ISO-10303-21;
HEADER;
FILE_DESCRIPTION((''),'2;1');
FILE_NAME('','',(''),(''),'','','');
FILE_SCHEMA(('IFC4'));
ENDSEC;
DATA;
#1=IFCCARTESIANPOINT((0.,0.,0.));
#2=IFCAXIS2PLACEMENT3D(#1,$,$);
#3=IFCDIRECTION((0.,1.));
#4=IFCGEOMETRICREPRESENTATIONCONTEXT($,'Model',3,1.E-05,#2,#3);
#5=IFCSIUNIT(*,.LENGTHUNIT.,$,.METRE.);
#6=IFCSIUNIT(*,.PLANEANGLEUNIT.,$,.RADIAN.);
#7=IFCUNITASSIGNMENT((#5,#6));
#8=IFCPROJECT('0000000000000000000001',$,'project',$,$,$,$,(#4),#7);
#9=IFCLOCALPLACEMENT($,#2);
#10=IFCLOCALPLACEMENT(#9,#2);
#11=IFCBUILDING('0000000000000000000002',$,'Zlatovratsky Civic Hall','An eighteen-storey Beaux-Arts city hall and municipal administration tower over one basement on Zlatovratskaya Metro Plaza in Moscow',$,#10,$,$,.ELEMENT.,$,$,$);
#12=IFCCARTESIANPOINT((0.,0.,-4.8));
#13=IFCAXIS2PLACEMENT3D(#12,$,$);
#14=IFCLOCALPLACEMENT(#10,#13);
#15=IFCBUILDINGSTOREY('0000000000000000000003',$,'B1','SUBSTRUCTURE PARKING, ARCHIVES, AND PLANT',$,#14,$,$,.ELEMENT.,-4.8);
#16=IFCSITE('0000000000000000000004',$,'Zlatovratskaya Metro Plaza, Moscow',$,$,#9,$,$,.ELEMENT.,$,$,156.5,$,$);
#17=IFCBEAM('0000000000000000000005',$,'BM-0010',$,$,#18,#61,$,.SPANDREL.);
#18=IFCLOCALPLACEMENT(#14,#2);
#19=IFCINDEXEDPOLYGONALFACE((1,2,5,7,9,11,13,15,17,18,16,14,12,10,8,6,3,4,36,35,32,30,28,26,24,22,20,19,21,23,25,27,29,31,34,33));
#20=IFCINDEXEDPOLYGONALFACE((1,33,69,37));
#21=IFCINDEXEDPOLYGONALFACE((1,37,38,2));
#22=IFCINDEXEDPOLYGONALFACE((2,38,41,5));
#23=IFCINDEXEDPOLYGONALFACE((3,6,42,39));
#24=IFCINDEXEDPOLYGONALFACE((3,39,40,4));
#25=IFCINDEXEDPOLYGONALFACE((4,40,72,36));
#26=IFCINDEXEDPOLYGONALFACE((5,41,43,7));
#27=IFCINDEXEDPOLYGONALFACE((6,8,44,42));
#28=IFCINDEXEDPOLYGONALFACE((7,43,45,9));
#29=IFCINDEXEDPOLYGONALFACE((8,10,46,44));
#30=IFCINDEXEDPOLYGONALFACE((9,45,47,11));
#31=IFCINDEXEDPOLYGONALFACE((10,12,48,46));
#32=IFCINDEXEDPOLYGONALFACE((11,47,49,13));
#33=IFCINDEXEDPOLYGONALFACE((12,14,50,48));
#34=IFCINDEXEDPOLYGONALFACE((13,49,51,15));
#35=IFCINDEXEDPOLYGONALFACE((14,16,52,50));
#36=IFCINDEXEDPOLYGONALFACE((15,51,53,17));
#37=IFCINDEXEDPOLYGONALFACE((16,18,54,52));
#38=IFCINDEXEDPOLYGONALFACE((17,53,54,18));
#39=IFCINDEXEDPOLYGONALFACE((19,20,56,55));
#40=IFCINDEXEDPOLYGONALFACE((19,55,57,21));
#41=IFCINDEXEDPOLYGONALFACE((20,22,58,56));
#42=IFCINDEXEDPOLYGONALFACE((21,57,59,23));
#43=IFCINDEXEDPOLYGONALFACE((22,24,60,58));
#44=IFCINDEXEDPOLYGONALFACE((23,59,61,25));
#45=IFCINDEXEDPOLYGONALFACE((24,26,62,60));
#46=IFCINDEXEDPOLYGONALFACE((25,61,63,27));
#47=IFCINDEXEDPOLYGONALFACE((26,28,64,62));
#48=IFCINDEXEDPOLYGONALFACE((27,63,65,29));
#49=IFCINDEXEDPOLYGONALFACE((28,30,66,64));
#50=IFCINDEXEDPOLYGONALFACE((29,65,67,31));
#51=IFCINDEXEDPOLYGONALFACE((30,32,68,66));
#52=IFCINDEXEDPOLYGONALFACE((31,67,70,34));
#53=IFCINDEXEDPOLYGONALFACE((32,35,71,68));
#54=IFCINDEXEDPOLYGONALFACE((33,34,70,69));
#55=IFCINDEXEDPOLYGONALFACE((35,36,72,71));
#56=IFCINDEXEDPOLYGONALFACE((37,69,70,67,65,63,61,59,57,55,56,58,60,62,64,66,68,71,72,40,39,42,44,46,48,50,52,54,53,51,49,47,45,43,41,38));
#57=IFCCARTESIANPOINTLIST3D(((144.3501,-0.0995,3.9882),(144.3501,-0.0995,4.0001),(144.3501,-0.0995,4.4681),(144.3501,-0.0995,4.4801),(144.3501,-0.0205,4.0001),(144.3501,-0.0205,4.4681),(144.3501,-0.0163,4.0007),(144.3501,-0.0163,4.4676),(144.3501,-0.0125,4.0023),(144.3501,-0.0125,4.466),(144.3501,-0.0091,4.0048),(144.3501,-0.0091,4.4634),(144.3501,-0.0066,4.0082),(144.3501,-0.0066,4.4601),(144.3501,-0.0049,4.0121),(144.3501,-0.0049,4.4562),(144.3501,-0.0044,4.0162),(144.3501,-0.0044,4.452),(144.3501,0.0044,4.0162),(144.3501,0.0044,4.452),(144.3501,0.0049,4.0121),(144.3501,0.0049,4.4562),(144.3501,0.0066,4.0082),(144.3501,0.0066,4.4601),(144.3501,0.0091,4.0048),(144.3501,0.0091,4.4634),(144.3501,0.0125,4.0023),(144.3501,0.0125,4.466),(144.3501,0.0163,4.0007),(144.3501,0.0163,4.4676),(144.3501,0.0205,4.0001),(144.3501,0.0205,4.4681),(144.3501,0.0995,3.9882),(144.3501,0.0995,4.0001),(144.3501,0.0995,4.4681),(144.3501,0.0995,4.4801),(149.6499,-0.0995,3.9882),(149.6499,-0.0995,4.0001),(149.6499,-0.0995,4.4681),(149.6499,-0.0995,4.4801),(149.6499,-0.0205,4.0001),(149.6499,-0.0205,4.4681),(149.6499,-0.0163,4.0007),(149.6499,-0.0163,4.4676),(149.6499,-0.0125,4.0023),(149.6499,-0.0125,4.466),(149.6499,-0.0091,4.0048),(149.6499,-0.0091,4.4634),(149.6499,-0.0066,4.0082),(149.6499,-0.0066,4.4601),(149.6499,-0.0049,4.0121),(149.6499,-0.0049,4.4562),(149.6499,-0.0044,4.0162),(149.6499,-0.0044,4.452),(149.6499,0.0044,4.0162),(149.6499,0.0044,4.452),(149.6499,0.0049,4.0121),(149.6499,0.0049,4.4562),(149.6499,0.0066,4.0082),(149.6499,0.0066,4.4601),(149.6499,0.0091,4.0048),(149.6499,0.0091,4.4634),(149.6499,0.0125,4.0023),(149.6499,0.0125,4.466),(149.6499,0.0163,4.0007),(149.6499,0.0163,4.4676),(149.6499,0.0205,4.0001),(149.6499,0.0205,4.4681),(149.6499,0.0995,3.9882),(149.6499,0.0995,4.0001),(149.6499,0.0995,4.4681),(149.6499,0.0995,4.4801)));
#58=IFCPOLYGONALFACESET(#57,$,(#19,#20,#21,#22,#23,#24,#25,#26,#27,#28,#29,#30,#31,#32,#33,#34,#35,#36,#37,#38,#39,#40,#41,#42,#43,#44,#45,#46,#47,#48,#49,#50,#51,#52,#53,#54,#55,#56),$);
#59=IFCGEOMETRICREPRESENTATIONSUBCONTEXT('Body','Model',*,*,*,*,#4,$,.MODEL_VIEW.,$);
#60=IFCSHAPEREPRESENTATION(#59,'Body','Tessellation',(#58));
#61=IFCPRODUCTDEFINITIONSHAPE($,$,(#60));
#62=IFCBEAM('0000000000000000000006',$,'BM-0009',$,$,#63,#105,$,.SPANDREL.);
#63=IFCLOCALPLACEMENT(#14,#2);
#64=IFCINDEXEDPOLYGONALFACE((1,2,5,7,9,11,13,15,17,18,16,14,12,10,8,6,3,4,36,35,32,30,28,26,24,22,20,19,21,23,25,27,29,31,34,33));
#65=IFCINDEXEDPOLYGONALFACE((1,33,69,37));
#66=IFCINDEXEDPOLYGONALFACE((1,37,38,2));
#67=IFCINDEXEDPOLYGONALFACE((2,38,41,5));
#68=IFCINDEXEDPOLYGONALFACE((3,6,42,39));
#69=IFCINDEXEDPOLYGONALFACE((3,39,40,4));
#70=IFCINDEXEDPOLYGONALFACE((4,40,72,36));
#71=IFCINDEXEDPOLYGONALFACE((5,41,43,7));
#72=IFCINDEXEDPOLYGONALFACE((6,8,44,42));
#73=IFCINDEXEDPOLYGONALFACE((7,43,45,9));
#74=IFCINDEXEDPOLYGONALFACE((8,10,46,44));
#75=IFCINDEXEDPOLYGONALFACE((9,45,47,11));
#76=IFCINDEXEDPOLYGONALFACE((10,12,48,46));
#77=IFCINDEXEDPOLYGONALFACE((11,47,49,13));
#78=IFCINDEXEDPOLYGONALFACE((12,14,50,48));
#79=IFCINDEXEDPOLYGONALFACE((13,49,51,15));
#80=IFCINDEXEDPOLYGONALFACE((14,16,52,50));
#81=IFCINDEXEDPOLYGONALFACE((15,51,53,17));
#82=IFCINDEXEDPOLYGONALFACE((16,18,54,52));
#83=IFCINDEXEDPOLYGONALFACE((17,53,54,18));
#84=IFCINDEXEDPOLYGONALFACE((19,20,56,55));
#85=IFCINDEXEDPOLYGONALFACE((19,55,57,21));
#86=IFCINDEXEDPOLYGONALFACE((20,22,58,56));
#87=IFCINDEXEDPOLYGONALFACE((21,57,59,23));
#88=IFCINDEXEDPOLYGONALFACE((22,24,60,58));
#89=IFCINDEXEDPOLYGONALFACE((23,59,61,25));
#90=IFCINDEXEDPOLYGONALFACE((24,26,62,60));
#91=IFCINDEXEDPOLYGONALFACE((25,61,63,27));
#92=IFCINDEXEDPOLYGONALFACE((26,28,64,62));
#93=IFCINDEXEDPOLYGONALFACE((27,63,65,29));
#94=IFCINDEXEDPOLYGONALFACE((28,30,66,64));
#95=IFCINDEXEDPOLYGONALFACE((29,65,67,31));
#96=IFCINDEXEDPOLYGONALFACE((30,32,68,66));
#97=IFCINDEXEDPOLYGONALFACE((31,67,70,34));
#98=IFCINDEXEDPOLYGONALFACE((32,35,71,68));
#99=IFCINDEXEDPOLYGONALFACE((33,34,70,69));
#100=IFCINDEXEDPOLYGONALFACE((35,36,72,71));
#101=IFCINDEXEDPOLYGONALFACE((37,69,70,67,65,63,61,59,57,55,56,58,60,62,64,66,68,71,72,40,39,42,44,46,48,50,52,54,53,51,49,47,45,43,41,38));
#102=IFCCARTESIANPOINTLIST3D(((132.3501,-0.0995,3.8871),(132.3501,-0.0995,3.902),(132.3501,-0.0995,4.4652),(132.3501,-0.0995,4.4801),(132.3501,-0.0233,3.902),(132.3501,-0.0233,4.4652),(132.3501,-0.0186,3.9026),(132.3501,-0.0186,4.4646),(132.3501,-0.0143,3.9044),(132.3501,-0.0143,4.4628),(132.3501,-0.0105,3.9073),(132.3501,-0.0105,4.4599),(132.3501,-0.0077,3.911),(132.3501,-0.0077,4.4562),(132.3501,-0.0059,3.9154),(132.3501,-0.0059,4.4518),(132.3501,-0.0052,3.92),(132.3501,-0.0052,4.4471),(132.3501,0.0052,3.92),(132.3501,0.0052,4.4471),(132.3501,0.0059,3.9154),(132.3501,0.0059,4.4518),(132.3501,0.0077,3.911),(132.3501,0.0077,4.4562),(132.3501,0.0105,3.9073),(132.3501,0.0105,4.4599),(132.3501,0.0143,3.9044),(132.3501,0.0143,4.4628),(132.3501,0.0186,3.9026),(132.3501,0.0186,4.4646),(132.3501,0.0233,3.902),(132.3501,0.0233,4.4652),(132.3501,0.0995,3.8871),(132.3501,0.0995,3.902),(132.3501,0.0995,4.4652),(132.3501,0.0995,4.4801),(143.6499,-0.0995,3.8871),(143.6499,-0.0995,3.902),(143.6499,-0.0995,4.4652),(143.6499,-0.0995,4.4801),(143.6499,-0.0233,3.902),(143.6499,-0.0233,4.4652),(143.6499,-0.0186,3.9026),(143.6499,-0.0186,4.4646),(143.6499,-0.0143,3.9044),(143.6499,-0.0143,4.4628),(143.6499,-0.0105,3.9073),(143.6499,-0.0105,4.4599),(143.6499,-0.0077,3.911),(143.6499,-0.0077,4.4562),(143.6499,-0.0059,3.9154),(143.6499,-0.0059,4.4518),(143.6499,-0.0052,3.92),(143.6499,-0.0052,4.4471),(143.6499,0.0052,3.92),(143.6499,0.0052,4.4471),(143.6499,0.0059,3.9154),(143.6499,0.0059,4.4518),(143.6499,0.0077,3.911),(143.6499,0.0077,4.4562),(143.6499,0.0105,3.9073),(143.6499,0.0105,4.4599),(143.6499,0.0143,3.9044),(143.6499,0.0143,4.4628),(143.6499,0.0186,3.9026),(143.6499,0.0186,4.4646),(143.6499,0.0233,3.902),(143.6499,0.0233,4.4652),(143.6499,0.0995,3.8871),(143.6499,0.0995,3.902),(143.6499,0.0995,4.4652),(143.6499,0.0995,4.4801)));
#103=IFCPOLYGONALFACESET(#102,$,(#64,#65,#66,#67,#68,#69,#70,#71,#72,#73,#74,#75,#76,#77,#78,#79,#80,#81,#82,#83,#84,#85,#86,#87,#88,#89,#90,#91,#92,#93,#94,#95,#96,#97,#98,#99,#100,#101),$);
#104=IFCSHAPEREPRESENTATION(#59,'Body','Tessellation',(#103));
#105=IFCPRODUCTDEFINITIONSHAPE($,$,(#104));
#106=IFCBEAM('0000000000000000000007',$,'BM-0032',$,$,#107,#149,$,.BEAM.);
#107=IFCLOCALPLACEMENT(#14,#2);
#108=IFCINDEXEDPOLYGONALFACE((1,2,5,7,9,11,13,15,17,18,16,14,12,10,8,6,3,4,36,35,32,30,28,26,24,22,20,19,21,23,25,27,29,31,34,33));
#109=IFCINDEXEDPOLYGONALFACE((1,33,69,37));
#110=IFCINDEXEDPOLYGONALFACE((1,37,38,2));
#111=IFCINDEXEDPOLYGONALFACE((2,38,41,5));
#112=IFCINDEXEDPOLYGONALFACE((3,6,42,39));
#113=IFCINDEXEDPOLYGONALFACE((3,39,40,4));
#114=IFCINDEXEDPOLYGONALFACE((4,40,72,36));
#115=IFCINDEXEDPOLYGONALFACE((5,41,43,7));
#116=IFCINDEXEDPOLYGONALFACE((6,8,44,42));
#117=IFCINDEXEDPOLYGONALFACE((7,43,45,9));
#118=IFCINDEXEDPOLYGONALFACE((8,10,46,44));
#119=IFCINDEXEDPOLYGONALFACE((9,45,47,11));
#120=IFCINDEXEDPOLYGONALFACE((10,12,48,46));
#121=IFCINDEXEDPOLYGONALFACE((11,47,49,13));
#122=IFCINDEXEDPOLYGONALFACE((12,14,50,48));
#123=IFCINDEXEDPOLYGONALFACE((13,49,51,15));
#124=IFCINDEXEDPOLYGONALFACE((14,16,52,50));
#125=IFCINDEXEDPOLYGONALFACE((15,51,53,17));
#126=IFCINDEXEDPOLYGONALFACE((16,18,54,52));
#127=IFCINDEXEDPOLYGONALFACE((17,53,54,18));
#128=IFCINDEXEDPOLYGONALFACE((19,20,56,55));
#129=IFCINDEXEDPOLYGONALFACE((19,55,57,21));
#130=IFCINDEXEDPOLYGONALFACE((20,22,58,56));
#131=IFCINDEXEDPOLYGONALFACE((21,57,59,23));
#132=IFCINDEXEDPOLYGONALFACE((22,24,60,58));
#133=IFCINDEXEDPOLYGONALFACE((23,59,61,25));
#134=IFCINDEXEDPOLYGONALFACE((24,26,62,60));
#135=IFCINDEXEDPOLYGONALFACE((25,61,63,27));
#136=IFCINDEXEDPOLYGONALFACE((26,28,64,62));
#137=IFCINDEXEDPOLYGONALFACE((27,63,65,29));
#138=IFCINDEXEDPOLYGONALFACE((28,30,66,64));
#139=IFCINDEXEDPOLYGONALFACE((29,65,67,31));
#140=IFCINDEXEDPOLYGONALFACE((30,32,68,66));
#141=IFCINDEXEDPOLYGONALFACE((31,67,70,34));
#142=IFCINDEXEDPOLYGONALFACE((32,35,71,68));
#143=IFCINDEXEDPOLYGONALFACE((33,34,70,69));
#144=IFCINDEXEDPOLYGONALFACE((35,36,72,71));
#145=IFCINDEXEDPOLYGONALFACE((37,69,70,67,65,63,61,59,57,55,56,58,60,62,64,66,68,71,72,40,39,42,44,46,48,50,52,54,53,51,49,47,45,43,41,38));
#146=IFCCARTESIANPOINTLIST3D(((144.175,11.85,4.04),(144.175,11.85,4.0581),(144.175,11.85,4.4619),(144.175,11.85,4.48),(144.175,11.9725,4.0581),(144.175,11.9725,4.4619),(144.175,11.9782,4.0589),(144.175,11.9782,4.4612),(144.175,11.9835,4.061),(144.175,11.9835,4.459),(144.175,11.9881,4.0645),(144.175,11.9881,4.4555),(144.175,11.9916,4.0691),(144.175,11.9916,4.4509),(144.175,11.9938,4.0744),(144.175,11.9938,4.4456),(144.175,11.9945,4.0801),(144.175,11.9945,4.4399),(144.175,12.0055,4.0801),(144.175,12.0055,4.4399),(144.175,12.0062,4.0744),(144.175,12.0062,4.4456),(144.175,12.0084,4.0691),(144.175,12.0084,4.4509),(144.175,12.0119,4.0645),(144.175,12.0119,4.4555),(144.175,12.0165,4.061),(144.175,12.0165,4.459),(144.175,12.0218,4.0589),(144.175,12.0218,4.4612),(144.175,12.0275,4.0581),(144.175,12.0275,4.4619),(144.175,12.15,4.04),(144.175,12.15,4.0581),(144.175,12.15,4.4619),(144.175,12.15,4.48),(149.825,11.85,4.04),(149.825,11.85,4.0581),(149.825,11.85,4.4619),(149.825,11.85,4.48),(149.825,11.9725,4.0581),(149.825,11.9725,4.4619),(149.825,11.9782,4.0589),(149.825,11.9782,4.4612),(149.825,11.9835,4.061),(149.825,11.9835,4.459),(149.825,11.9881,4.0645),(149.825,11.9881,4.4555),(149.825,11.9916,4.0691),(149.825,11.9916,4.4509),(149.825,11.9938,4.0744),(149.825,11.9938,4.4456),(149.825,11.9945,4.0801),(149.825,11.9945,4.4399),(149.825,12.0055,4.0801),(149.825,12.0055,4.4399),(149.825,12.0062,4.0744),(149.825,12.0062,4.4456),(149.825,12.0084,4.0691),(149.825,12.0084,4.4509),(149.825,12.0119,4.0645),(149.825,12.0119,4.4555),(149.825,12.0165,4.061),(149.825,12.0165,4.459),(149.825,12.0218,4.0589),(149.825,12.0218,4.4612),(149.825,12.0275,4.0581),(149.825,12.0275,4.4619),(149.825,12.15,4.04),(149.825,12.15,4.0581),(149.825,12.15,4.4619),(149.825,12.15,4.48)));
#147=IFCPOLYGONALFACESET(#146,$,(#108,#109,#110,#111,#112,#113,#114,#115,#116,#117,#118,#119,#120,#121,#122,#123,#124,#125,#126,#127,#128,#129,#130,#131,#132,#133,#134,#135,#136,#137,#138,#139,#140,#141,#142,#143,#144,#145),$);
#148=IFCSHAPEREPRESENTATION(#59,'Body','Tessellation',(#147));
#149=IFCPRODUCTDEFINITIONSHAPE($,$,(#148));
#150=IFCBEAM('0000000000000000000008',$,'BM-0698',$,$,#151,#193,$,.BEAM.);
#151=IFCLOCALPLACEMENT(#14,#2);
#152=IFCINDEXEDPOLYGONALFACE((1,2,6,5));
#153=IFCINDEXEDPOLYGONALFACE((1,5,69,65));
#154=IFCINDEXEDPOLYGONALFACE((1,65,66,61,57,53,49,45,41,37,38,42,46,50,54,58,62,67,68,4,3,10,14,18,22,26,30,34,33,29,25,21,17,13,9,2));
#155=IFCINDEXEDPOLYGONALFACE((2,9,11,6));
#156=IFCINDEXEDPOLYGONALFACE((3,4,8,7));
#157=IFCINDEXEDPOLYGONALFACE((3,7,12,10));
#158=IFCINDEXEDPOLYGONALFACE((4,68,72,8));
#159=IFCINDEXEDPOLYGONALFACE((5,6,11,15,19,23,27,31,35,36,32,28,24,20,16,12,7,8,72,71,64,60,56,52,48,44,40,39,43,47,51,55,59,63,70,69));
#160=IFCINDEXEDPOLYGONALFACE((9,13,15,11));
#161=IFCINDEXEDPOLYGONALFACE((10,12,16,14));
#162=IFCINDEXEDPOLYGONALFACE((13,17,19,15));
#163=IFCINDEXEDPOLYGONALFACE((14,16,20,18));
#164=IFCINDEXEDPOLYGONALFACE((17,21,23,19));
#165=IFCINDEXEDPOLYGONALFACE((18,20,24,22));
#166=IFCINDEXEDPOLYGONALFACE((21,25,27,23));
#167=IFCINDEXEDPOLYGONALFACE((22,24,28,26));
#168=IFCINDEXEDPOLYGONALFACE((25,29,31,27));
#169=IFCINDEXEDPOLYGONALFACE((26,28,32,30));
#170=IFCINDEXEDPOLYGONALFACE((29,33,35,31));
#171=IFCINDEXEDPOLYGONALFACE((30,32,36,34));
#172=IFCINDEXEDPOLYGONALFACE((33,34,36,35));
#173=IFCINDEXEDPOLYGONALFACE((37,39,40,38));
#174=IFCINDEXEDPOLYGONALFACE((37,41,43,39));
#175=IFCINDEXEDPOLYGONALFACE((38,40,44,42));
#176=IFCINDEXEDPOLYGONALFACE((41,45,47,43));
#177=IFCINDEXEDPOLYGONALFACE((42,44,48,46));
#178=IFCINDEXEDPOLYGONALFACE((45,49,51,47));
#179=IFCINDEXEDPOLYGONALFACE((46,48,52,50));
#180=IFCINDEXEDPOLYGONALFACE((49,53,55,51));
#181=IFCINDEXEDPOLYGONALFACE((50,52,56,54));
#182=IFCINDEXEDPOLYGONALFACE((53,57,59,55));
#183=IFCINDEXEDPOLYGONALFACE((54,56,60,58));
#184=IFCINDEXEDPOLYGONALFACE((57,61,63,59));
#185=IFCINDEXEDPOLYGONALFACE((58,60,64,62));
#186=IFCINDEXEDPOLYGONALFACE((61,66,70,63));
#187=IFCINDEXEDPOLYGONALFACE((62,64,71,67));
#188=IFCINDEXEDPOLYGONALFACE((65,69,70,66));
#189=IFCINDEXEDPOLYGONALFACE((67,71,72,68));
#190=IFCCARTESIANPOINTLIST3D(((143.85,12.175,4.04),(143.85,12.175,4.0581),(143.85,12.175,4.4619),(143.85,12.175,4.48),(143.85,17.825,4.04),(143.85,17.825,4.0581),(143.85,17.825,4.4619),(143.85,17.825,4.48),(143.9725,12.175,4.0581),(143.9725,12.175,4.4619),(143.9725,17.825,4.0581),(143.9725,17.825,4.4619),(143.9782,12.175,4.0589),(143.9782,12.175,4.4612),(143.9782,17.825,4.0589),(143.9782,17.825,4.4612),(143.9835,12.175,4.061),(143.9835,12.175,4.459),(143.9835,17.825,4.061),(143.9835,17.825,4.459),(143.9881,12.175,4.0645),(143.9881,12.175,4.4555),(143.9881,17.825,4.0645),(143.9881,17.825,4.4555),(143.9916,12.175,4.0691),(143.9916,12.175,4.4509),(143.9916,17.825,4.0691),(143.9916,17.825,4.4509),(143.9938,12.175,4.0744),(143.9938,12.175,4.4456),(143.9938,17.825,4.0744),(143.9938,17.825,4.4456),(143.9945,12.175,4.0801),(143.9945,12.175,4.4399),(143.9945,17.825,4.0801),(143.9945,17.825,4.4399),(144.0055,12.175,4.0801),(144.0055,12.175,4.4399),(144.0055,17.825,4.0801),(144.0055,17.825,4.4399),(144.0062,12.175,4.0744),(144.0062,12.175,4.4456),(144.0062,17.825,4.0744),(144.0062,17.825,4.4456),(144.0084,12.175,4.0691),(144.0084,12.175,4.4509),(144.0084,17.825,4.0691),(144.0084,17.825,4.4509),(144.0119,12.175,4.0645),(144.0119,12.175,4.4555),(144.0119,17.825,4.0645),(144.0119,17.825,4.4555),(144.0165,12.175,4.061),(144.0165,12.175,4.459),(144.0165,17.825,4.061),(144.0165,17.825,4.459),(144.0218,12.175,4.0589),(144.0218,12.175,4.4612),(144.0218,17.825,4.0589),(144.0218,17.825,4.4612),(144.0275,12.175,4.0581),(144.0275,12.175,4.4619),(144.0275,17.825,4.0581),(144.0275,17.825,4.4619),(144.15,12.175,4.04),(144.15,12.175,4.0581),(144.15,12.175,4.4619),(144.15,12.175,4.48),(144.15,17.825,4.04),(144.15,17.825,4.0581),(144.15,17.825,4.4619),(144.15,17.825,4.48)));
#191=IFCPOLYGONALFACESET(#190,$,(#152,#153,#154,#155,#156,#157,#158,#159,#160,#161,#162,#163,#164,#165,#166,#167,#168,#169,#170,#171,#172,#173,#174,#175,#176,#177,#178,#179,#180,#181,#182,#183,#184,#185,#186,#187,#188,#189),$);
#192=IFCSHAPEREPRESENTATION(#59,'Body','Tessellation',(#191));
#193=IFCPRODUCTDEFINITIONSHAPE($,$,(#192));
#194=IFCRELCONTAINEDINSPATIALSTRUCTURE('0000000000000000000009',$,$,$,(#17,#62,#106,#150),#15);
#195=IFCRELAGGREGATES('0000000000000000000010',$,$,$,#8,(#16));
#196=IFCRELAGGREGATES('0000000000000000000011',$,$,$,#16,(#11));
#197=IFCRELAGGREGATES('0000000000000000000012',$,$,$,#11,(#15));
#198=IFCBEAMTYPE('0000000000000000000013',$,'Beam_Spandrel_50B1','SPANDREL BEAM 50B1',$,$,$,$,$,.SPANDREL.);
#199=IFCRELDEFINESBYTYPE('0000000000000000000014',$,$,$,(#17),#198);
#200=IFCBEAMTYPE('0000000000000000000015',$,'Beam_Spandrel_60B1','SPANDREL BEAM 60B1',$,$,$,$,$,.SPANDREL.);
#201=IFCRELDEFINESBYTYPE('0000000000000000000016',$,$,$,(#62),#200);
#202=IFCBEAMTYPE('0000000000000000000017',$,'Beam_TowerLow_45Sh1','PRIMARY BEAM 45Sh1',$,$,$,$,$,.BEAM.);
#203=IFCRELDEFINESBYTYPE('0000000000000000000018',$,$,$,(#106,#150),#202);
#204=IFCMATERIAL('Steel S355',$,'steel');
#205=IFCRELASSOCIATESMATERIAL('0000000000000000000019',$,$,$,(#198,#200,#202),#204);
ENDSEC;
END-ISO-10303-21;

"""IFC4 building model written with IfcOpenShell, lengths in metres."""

from ifc_helpers import new_model, si_unit, direction, frame, origin, origin_2d, place, context, subcontext, project, spatial, i_section, extrude, material, material_profile, profile_set, type_object, element, save


model = new_model("IFC4")

# Units and contexts
model_context = context("Model", 3, precision=1e-05, world=origin(), true_north=direction((0.0, 1.0)))
body_context = subcontext(model_context, "Body", "Model", "MODEL_VIEW")
ifc_project = project(units=[si_unit("LENGTHUNIT", "METRE"), si_unit("PLANEANGLEUNIT", "RADIAN")], contexts=[model_context])

# Site, building, storey
site_placement = place(None, origin())
site = spatial("IfcSite", under=ifc_project, at=site_placement, Name="Zlatovratskaya Metro Plaza, Moscow", CompositionType="ELEMENT", RefElevation=156.5)
building_placement = place(site_placement, origin())
building = spatial("IfcBuilding", under=site, at=building_placement, Name="Zlatovratsky Civic Hall", Description="An eighteen-storey Beaux-Arts city hall and municipal administration tower over one basement on Zlatovratskaya Metro Plaza in Moscow", CompositionType="ELEMENT")
storey_placement = place(building_placement, frame((0.0, 0.0, -4.8)))
storey = spatial("IfcBuildingStorey", under=building, at=storey_placement, Name="B1", Description="SUBSTRUCTURE PARKING, ARCHIVES, AND PLANT", CompositionType="ELEMENT", Elevation=-4.8)

# Shared definitions
ifc_material_1 = material(Name="Steel S355", Category="steel")

# Beams
ifc_material_profile_1 = material_profile(ifc_material_1, i_section(OverallWidth=0.199, OverallDepth=0.4919, WebThickness=0.0088, FlangeThickness=0.012, FilletRadius=0.0161, at=origin_2d()), Name="50B1")
ifc_profile_set_1 = profile_set([ifc_material_profile_1], Name="Steel S355")
beam_type_1 = type_object("IfcBeamType", Name="Beam_Spandrel_50B1", Description="SPANDREL BEAM 50B1", PredefinedType="SPANDREL", material=ifc_profile_set_1)
beam_1_placement = place(storey_placement, frame((144.3501, 0.0, 4.2341), z_axis=(1.0, 0.0, 0.0), x_axis=(0.0, 1.0, 0.0)))
element("IfcBeam", 1, at=beam_1_placement, inside=storey, type_object=beam_type_1, Name="BM-0010", PredefinedType="SPANDREL", context=body_context, shape_type="SweptSolid", body=[
    extrude(i_section(OverallWidth=0.199, OverallDepth=0.4919, WebThickness=0.0088, FlangeThickness=0.012, FilletRadius=0.0161, at=origin_2d()), origin(), (0.0, 0.0, 1.0), 5.2998),
])
ifc_material_profile_2 = material_profile(ifc_material_1, i_section(OverallWidth=0.199, OverallDepth=0.593, WebThickness=0.0105, FlangeThickness=0.0149, FilletRadius=0.0181, at=origin_2d()), Name="60B1")
ifc_profile_set_2 = profile_set([ifc_material_profile_2], Name="Steel S355")
beam_type_2 = type_object("IfcBeamType", Name="Beam_Spandrel_60B1", Description="SPANDREL BEAM 60B1", PredefinedType="SPANDREL", material=ifc_profile_set_2)
beam_2_placement = place(storey_placement, frame((132.3501, 0.0, 4.1836), z_axis=(1.0, 0.0, 0.0), x_axis=(0.0, 1.0, 0.0)))
element("IfcBeam", 2, at=beam_2_placement, inside=storey, type_object=beam_type_2, Name="BM-0009", PredefinedType="SPANDREL", context=body_context, shape_type="SweptSolid", body=[
    extrude(i_section(OverallWidth=0.199, OverallDepth=0.593, WebThickness=0.0105, FlangeThickness=0.0149, FilletRadius=0.0181, at=origin_2d()), origin(), (0.0, 0.0, 1.0), 11.2998),
])
ifc_material_profile_3 = material_profile(ifc_material_1, i_section(OverallWidth=0.3, OverallDepth=0.4399, WebThickness=0.011, FlangeThickness=0.0181, FilletRadius=0.022, at=origin_2d()), Name="45Sh1")
ifc_profile_set_3 = profile_set([ifc_material_profile_3], Name="Steel S355")
beam_type_3 = type_object("IfcBeamType", Name="Beam_TowerLow_45Sh1", Description="PRIMARY BEAM 45Sh1", PredefinedType="BEAM", material=ifc_profile_set_3)
for number, where, z_axis, x_axis, name in (
    (3, (144.175, 12.0, 4.26), (1.0, 0.0, 0.0), (0.0, 1.0, 0.0), "BM-0032"),
    (4, (144.0, 12.175, 4.26), (0.0, 1.0, 0.0), (-1.0, 0.0, 0.0), "BM-0698"),
):
    element("IfcBeam", number, at=place(storey_placement, frame(where, z_axis=z_axis, x_axis=x_axis)), inside=storey, type_object=beam_type_3, Name=name, PredefinedType="BEAM", context=body_context, shape_type="SweptSolid", body=[
        extrude(i_section(OverallWidth=0.3, OverallDepth=0.4399, WebThickness=0.011, FlangeThickness=0.0181, FilletRadius=0.022, at=origin_2d()), origin(), (0.0, 0.0, 1.0), 5.6499),
    ])

save(model, "model.ifc")
